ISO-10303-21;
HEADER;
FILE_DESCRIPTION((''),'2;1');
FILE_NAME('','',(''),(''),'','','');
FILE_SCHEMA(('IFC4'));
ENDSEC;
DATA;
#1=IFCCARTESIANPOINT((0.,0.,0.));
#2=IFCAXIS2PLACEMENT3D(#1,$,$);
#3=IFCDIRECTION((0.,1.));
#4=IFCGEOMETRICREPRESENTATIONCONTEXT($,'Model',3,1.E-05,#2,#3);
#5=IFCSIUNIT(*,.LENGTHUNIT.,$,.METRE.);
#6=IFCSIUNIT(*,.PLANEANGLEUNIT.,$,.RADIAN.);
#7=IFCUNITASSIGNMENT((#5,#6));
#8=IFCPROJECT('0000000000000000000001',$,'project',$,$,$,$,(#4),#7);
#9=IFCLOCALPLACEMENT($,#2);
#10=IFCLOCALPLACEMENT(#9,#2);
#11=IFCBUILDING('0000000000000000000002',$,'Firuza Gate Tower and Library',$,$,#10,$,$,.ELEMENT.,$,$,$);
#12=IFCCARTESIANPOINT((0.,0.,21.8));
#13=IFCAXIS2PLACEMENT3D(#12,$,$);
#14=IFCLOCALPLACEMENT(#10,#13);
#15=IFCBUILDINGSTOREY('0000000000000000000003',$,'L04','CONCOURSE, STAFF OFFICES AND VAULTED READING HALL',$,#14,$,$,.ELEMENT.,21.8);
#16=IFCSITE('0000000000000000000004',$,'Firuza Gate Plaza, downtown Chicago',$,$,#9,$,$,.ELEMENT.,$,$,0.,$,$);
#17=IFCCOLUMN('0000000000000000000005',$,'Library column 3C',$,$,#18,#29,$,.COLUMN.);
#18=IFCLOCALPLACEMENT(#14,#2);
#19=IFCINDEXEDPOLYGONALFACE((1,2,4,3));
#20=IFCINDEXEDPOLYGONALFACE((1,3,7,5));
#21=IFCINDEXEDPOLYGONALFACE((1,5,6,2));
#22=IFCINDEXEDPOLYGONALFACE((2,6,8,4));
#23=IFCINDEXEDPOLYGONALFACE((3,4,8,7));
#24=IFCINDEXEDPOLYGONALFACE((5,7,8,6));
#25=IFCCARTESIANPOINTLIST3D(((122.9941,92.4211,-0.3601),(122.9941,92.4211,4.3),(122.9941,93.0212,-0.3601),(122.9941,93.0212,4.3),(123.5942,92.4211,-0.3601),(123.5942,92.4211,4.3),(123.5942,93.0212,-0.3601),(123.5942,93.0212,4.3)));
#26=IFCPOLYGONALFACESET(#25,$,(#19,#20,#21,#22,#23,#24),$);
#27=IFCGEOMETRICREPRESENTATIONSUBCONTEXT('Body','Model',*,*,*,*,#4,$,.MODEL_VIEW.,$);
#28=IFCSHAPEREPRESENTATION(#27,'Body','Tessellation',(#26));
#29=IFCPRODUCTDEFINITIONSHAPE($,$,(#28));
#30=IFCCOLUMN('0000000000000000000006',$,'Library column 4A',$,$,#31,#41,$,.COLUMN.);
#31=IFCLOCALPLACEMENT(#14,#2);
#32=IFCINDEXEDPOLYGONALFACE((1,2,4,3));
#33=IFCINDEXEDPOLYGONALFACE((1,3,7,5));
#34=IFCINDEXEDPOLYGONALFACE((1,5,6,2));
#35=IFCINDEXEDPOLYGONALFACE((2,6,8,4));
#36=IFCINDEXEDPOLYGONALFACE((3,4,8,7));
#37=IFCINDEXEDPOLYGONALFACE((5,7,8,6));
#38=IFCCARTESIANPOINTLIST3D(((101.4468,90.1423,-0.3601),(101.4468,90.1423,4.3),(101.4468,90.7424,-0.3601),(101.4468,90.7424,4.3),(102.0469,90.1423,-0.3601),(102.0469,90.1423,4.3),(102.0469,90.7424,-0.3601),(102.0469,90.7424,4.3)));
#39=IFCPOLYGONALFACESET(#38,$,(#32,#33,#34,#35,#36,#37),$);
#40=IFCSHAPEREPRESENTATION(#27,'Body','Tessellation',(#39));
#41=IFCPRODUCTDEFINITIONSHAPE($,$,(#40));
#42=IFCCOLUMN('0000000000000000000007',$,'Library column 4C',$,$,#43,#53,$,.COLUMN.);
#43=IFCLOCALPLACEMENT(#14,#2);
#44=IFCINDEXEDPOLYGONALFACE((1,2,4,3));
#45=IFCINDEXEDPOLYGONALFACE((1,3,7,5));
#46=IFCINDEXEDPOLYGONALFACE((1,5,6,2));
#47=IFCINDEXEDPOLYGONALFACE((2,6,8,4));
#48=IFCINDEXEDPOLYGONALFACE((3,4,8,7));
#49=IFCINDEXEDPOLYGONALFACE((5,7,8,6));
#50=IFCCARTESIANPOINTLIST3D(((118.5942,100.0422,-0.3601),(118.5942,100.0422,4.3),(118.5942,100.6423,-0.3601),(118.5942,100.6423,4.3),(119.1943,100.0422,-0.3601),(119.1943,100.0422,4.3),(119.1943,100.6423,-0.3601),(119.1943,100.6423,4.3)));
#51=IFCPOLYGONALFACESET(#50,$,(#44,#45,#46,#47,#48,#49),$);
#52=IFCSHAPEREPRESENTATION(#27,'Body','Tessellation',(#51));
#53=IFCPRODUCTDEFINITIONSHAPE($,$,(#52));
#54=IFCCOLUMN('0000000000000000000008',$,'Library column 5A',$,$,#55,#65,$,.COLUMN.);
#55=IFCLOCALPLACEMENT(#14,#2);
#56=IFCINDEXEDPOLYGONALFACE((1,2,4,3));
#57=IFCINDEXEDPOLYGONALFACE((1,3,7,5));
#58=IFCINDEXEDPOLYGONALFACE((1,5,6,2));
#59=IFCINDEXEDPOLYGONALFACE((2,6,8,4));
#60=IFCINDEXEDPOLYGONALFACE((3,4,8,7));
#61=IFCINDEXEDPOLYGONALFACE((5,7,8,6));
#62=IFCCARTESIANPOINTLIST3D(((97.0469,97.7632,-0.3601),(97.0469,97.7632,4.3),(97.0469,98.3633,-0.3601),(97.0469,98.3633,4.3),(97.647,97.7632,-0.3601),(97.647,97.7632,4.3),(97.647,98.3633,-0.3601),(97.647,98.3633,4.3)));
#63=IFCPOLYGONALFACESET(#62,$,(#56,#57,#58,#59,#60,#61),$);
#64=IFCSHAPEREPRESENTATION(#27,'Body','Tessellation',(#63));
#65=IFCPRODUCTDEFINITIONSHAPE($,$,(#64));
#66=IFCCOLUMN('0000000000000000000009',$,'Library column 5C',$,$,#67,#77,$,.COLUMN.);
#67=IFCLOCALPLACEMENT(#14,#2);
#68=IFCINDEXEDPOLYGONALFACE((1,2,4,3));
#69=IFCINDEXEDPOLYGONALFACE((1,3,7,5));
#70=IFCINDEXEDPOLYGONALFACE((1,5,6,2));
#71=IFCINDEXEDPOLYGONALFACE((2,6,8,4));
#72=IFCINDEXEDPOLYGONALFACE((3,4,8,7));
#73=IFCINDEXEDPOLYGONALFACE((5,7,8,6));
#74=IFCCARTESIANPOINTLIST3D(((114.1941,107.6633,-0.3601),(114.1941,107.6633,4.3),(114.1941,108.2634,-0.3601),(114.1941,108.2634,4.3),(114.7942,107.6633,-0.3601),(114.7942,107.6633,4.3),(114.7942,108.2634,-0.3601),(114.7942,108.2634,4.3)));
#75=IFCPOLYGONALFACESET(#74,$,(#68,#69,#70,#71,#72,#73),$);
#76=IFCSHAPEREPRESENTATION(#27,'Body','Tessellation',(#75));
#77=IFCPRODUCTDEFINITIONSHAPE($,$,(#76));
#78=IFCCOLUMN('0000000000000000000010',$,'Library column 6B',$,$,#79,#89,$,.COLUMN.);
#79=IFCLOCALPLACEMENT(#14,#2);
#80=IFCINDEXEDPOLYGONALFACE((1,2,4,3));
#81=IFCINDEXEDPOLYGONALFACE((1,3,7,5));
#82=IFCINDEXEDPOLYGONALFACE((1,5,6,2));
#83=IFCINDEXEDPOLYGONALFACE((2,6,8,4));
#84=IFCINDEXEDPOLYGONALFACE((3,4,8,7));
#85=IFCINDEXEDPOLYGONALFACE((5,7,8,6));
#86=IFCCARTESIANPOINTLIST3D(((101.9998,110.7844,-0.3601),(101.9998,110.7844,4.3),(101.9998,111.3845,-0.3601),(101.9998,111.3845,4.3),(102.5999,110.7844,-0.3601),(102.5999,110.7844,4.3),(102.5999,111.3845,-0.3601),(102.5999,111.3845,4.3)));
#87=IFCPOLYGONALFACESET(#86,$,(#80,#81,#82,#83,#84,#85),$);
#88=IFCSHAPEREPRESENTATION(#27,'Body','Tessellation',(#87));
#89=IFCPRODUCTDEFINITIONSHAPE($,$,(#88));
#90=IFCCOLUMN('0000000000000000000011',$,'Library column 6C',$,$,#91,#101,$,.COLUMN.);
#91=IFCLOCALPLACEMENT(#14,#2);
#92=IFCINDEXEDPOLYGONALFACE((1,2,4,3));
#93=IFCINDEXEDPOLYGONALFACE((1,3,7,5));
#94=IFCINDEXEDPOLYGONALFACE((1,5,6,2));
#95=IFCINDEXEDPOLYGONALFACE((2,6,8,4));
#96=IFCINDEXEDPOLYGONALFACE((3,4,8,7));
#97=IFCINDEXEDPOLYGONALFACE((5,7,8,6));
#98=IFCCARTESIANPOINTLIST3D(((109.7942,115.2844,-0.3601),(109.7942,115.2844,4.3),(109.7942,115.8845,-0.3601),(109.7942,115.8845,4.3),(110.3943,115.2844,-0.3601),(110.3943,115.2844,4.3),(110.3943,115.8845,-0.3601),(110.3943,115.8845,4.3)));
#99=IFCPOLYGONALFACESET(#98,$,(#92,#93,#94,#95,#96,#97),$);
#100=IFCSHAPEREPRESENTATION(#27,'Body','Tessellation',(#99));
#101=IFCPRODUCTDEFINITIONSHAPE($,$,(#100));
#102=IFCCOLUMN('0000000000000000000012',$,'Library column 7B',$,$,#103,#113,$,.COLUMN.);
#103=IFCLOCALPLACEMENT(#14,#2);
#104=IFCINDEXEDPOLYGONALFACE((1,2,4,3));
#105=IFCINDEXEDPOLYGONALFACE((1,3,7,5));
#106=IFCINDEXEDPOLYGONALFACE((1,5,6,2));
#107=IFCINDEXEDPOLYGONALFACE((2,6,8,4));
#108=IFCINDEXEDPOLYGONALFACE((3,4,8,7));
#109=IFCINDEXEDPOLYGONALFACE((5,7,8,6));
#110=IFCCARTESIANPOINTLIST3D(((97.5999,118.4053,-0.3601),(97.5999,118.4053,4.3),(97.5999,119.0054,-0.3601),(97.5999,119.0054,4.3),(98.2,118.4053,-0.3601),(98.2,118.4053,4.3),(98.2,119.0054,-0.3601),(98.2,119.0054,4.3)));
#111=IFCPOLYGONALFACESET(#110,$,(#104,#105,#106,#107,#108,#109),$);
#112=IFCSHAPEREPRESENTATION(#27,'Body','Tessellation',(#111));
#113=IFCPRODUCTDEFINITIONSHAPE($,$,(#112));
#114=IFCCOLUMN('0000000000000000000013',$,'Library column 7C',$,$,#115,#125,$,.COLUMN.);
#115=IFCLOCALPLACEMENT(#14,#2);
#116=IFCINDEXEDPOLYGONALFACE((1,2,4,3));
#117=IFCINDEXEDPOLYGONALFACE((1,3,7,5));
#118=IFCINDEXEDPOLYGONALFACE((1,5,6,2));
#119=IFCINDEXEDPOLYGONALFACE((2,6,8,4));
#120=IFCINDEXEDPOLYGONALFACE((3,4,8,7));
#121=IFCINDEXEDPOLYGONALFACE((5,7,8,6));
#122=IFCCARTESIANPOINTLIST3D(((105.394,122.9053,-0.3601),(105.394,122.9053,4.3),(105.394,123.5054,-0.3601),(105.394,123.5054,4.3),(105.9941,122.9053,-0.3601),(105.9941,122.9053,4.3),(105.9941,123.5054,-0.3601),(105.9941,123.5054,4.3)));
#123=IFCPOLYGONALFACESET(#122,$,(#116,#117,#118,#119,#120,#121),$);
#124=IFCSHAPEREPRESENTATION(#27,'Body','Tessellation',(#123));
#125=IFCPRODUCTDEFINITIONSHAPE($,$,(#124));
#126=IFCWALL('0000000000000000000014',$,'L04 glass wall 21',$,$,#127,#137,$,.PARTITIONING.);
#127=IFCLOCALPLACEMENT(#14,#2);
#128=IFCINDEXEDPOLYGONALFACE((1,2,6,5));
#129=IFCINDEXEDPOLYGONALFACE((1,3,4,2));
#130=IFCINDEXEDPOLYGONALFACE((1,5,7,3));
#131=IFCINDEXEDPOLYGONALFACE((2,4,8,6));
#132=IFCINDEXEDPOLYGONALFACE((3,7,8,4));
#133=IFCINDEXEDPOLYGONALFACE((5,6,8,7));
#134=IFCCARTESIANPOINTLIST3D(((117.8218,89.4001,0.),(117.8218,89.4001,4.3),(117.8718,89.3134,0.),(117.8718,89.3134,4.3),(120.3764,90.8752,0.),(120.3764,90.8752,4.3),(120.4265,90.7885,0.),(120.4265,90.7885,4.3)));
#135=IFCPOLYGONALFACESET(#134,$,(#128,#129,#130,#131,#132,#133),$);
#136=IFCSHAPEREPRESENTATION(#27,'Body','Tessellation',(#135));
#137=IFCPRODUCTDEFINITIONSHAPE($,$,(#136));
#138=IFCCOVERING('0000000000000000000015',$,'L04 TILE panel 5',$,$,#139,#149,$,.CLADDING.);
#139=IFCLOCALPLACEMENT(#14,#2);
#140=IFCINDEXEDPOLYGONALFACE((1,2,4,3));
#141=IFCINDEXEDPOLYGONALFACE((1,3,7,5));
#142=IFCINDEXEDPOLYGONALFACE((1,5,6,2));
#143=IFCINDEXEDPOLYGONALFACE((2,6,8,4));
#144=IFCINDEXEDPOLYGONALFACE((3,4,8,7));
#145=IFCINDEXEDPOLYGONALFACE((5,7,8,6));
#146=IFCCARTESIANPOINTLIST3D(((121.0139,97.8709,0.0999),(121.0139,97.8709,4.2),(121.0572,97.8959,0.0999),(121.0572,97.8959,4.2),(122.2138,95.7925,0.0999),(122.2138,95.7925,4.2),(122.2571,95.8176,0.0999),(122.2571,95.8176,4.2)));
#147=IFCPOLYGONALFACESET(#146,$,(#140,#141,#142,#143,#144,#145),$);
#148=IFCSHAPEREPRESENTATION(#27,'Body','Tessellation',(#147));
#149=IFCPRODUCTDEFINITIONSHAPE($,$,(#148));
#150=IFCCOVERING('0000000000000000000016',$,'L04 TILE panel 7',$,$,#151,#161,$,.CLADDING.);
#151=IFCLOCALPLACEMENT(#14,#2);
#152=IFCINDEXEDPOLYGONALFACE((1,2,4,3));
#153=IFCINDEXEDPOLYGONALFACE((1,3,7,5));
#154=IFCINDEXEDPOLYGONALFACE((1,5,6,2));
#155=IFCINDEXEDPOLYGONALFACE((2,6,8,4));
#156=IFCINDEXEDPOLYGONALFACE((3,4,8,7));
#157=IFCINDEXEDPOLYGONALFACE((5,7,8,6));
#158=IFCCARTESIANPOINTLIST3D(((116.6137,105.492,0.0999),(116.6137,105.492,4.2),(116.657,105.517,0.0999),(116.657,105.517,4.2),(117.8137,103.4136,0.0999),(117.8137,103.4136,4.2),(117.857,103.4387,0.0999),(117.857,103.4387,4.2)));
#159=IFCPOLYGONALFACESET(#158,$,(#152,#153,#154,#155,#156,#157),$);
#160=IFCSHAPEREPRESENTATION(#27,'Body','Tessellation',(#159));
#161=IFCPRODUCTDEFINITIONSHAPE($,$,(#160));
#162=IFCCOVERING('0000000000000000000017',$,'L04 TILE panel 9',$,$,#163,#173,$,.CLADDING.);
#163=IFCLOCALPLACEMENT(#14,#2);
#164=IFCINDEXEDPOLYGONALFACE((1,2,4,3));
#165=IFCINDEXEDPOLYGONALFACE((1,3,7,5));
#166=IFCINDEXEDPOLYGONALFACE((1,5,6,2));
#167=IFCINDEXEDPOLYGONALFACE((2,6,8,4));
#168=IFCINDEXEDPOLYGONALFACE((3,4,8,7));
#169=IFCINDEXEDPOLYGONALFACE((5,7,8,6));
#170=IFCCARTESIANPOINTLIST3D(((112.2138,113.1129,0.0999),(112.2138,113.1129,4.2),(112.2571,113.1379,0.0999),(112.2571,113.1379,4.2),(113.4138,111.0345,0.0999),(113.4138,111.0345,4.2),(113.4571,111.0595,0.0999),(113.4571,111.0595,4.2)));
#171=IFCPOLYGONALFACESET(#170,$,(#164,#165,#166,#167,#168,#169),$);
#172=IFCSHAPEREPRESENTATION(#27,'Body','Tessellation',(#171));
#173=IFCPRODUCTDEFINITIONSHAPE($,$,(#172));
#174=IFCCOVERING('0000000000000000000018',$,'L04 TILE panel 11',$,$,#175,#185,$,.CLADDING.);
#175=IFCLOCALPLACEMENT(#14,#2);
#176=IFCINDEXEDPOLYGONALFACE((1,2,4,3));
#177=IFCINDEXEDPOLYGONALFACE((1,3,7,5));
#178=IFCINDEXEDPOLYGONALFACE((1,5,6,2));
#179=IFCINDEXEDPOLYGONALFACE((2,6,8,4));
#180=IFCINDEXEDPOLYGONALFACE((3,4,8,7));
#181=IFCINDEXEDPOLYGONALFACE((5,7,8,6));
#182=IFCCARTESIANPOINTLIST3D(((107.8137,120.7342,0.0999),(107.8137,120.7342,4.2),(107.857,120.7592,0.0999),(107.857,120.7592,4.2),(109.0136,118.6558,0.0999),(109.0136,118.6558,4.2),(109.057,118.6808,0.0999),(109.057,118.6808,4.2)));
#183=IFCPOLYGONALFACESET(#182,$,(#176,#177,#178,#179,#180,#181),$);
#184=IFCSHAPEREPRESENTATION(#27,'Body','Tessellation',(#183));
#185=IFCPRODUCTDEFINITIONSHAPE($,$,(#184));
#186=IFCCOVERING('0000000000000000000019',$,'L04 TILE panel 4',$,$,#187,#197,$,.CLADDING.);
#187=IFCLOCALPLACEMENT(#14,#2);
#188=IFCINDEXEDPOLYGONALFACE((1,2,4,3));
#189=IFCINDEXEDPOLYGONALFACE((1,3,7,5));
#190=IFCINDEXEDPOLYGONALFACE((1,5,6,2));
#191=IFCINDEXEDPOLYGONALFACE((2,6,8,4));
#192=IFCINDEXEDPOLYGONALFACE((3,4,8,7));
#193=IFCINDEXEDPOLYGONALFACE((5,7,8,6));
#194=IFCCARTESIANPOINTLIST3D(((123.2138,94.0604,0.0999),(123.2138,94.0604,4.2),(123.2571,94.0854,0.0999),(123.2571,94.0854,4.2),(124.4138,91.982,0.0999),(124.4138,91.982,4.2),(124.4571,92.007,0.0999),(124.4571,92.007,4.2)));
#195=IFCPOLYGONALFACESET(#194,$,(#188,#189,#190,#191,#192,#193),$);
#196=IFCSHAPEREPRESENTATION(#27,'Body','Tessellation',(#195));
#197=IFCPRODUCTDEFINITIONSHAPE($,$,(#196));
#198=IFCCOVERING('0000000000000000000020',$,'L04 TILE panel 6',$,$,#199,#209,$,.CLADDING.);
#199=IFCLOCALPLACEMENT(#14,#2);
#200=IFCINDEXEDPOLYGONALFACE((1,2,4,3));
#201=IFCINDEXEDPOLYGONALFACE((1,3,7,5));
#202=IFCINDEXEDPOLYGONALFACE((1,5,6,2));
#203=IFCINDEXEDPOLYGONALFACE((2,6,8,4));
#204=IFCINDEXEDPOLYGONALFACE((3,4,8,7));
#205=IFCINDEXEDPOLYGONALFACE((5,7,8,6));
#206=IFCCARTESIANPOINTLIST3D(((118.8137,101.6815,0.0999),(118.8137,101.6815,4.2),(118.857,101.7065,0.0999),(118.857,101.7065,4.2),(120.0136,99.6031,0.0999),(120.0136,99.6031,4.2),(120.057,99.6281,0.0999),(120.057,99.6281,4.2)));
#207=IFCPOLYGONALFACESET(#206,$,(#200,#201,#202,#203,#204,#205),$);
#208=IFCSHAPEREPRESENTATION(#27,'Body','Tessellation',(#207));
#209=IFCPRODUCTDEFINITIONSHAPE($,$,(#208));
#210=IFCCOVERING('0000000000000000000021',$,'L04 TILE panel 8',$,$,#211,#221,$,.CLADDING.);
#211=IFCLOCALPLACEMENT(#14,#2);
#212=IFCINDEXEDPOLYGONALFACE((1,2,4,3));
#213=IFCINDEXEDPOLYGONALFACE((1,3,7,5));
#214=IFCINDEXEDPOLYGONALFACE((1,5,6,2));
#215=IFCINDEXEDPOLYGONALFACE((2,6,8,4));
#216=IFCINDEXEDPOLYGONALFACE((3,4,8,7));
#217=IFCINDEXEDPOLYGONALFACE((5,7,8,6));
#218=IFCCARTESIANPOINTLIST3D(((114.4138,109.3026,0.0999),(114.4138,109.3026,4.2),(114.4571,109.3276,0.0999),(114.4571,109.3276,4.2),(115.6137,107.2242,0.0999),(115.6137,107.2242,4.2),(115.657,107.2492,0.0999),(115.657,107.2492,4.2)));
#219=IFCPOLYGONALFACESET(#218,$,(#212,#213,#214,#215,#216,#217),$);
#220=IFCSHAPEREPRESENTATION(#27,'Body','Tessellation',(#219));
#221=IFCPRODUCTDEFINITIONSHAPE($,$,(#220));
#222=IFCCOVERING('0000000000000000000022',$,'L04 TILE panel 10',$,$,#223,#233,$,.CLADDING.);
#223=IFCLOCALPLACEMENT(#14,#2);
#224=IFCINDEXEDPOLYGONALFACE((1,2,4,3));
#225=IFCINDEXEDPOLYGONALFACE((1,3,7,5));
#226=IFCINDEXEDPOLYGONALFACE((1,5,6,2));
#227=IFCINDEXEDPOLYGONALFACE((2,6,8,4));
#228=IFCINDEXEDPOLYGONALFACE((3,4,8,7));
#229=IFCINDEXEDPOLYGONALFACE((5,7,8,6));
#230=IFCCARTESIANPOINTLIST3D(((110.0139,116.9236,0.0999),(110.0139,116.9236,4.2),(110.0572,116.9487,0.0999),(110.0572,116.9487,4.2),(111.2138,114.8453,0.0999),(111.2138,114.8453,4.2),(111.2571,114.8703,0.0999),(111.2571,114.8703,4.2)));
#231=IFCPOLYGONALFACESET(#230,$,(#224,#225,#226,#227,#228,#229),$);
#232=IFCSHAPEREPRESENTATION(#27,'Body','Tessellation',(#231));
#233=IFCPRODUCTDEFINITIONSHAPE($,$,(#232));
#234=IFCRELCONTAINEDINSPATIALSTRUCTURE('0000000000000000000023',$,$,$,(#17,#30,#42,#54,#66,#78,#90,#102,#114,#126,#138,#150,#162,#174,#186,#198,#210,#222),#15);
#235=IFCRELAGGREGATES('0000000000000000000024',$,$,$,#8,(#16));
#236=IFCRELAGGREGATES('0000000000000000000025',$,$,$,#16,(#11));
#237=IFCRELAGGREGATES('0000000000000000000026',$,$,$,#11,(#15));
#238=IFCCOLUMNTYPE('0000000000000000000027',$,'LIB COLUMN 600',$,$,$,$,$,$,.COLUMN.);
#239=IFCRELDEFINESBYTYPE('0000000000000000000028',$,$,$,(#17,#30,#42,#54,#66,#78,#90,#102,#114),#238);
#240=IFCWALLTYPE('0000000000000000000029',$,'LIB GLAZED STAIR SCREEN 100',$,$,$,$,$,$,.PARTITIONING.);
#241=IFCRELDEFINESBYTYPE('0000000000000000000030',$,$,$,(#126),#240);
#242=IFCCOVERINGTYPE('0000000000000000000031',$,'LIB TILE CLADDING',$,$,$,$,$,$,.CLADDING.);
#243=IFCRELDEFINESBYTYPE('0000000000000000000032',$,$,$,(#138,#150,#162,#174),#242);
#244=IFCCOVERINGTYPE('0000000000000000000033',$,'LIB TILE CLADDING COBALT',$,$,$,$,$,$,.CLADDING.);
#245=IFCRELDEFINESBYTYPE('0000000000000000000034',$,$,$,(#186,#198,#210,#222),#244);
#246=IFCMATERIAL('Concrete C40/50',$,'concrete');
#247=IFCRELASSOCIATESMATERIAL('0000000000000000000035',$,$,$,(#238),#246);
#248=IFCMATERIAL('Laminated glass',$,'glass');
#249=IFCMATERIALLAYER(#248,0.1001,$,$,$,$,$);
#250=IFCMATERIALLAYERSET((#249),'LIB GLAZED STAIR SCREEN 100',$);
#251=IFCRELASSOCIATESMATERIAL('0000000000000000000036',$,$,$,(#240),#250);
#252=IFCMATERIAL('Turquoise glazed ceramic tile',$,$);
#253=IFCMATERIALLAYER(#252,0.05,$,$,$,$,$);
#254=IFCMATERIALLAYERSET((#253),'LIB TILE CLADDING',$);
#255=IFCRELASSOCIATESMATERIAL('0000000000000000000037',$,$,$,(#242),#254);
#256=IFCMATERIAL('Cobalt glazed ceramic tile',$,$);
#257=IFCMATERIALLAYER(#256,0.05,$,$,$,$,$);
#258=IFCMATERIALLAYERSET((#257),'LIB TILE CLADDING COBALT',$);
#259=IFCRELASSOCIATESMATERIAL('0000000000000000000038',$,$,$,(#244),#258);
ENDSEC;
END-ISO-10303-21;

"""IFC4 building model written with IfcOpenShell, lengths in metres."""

from ifc_helpers import new_model, si_unit, direction, frame, frame_2d, origin, origin_2d, place, context, subcontext, project, spatial, rectangle, extrude, material, layer, layer_set, material_profile, profile_set, type_object, element, save


model = new_model("IFC4")

# Units and contexts
model_context = context("Model", 3, precision=1e-05, world=origin(), true_north=direction((0.0, 1.0)))
body_context = subcontext(model_context, "Body", "Model", "MODEL_VIEW")
ifc_project = project(units=[si_unit("LENGTHUNIT", "METRE"), si_unit("PLANEANGLEUNIT", "RADIAN")], contexts=[model_context])

# Site, building, storey
site_placement = place(None, origin())
site = spatial("IfcSite", under=ifc_project, at=site_placement, Name="Firuza Gate Plaza, downtown Chicago", CompositionType="ELEMENT", RefElevation=0.0)
building_placement = place(site_placement, origin())
building = spatial("IfcBuilding", under=site, at=building_placement, Name="Firuza Gate Tower and Library", CompositionType="ELEMENT")
storey_placement = place(building_placement, frame((0.0, 0.0, 21.8)))
storey = spatial("IfcBuildingStorey", under=building, at=storey_placement, Name="L04", Description="CONCOURSE, STAFF OFFICES AND VAULTED READING HALL", CompositionType="ELEMENT", Elevation=21.8)

# Columns
ifc_material_1 = material(Name="Concrete C40/50", Category="concrete")
ifc_material_profile = material_profile(ifc_material_1, rectangle(XDim=0.6001, YDim=0.6001, at=origin_2d()))
ifc_profile_set = profile_set([ifc_material_profile], Name="Concrete C40/50")
column_type = type_object("IfcColumnType", Name="LIB COLUMN 600", PredefinedType="COLUMN", material=ifc_profile_set)
for number, where, z_axis, x_axis, name in (
    (1, (123.2942, 92.7212, -0.3601), (0.0, 0.0, 1.0), (1.0, 0.0, 0.0), "Library column 3C"),
    (2, (101.7468, 90.4424, -0.3601), (0.0, 0.0, 1.0), (1.0, 0.0, 0.0), "Library column 4A"),
    (3, (118.8943, 100.3423, -0.3601), (0.0, 0.0, 1.0), (1.0, 0.0, 0.0), "Library column 4C"),
    (4, (97.3469, 98.0632, -0.3601), (0.0, 0.0, 1.0), (1.0, 0.0, 0.0), "Library column 5A"),
    (5, (114.4941, 107.9634, -0.3601), (0.0, 0.0, 1.0), (1.0, 0.0, 0.0), "Library column 5C"),
    (6, (102.2998, 111.0845, -0.3601), (0.0, 0.0, 1.0), (1.0, 0.0, 0.0), "Library column 6B"),
    (7, (110.0942, 115.5845, -0.3601), (0.0, 0.0, 1.0), (1.0, 0.0, 0.0), "Library column 6C"),
    (8, (97.8999, 118.7053, -0.3601), (0.0, 0.0, 1.0), (1.0, 0.0, 0.0), "Library column 7B"),
    (9, (105.6941, 123.2053, -0.3601), (0.0, 0.0, 1.0), (1.0, 0.0, 0.0), "Library column 7C"),
):
    element("IfcColumn", number, at=place(storey_placement, frame(where, z_axis=z_axis, x_axis=x_axis)), inside=storey, type_object=column_type, Name=name, PredefinedType="COLUMN", context=body_context, shape_type="SweptSolid", body=[
        extrude(rectangle(XDim=0.6001, YDim=0.6001, at=origin_2d()), origin(), (0.0, 0.0, 1.0), 4.6602),
    ])

# Wall
ifc_material_2 = material(Name="Laminated glass", Category="glass")
ifc_layer_1 = layer(ifc_material_2, 0.1001)
ifc_layer_set_1 = layer_set([ifc_layer_1], Name="LIB GLAZED STAIR SCREEN 100")
wall_type = type_object("IfcWallType", Name="LIB GLAZED STAIR SCREEN 100", PredefinedType="PARTITIONING", material=ifc_layer_set_1)
wall_placement = place(storey_placement, frame((117.8467, 89.3567, 0.0), z_axis=(0.0, 0.0, 1.0), x_axis=(0.866004, 0.500038, 0.0)))
element("IfcWall", 10, at=wall_placement, inside=storey, type_object=wall_type, Name="L04 glass wall 21", PredefinedType="PARTITIONING", context=body_context, shape_type="SweptSolid", body=[
    extrude(rectangle(XDim=2.95, YDim=0.1001, at=frame_2d((1.4751, 0.0))), origin(), (0.0, 0.0, 1.0), 4.3),
])

# Coverings
ifc_material_3 = material(Name="Turquoise glazed ceramic tile")
ifc_layer_2 = layer(ifc_material_3, 0.05)
ifc_layer_set_2 = layer_set([ifc_layer_2], Name="LIB TILE CLADDING")
covering_type_1 = type_object("IfcCoveringType", Name="LIB TILE CLADDING", PredefinedType="CLADDING", material=ifc_layer_set_2)
for number, where, z_axis, x_axis, name in (
    (11, (121.6355, 96.8442, 0.0999), (0.0, 0.0, 1.0), (-0.5, 0.866025, 0.0), "L04 TILE panel 5"),
    (12, (117.2354, 104.4653, 0.0999), (0.0, 0.0, 1.0), (-0.5, 0.866025, 0.0), "L04 TILE panel 7"),
    (13, (112.8354, 112.0862, 0.0999), (0.0, 0.0, 1.0), (-0.5, 0.866025, 0.0), "L04 TILE panel 9"),
    (14, (108.4353, 119.7075, 0.0999), (0.0, 0.0, 1.0), (-0.5, 0.866025, 0.0), "L04 TILE panel 11"),
):
    element("IfcCovering", number, at=place(storey_placement, frame(where, z_axis=z_axis, x_axis=x_axis)), inside=storey, type_object=covering_type_1, Name=name, PredefinedType="CLADDING", context=body_context, shape_type="SweptSolid", body=[
        extrude(rectangle(XDim=2.3999, YDim=0.05, at=origin_2d()), origin(), (0.0, 0.0, 1.0), 4.1001),
    ])
ifc_material_4 = material(Name="Cobalt glazed ceramic tile")
ifc_layer_3 = layer(ifc_material_4, 0.05)
ifc_layer_set_3 = layer_set([ifc_layer_3], Name="LIB TILE CLADDING COBALT")
covering_type_2 = type_object("IfcCoveringType", Name="LIB TILE CLADDING COBALT", PredefinedType="CLADDING", material=ifc_layer_set_3)
for number, where, z_axis, x_axis, name in (
    (15, (123.8354, 93.0337, 0.0999), (0.0, 0.0, 1.0), (-0.5, 0.866025, 0.0), "L04 TILE panel 4"),
    (16, (119.4353, 100.6548, 0.0999), (0.0, 0.0, 1.0), (-0.5, 0.866025, 0.0), "L04 TILE panel 6"),
    (17, (115.0354, 108.2759, 0.0999), (0.0, 0.0, 1.0), (-0.5, 0.866025, 0.0), "L04 TILE panel 8"),
    (18, (110.6355, 115.897, 0.0999), (0.0, 0.0, 1.0), (-0.5, 0.866025, 0.0), "L04 TILE panel 10"),
):
    element("IfcCovering", number, at=place(storey_placement, frame(where, z_axis=z_axis, x_axis=x_axis)), inside=storey, type_object=covering_type_2, Name=name, PredefinedType="CLADDING", context=body_context, shape_type="SweptSolid", body=[
        extrude(rectangle(XDim=2.3999, YDim=0.05, at=origin_2d()), origin(), (0.0, 0.0, 1.0), 4.1001),
    ])

save(model, "model.ifc")
